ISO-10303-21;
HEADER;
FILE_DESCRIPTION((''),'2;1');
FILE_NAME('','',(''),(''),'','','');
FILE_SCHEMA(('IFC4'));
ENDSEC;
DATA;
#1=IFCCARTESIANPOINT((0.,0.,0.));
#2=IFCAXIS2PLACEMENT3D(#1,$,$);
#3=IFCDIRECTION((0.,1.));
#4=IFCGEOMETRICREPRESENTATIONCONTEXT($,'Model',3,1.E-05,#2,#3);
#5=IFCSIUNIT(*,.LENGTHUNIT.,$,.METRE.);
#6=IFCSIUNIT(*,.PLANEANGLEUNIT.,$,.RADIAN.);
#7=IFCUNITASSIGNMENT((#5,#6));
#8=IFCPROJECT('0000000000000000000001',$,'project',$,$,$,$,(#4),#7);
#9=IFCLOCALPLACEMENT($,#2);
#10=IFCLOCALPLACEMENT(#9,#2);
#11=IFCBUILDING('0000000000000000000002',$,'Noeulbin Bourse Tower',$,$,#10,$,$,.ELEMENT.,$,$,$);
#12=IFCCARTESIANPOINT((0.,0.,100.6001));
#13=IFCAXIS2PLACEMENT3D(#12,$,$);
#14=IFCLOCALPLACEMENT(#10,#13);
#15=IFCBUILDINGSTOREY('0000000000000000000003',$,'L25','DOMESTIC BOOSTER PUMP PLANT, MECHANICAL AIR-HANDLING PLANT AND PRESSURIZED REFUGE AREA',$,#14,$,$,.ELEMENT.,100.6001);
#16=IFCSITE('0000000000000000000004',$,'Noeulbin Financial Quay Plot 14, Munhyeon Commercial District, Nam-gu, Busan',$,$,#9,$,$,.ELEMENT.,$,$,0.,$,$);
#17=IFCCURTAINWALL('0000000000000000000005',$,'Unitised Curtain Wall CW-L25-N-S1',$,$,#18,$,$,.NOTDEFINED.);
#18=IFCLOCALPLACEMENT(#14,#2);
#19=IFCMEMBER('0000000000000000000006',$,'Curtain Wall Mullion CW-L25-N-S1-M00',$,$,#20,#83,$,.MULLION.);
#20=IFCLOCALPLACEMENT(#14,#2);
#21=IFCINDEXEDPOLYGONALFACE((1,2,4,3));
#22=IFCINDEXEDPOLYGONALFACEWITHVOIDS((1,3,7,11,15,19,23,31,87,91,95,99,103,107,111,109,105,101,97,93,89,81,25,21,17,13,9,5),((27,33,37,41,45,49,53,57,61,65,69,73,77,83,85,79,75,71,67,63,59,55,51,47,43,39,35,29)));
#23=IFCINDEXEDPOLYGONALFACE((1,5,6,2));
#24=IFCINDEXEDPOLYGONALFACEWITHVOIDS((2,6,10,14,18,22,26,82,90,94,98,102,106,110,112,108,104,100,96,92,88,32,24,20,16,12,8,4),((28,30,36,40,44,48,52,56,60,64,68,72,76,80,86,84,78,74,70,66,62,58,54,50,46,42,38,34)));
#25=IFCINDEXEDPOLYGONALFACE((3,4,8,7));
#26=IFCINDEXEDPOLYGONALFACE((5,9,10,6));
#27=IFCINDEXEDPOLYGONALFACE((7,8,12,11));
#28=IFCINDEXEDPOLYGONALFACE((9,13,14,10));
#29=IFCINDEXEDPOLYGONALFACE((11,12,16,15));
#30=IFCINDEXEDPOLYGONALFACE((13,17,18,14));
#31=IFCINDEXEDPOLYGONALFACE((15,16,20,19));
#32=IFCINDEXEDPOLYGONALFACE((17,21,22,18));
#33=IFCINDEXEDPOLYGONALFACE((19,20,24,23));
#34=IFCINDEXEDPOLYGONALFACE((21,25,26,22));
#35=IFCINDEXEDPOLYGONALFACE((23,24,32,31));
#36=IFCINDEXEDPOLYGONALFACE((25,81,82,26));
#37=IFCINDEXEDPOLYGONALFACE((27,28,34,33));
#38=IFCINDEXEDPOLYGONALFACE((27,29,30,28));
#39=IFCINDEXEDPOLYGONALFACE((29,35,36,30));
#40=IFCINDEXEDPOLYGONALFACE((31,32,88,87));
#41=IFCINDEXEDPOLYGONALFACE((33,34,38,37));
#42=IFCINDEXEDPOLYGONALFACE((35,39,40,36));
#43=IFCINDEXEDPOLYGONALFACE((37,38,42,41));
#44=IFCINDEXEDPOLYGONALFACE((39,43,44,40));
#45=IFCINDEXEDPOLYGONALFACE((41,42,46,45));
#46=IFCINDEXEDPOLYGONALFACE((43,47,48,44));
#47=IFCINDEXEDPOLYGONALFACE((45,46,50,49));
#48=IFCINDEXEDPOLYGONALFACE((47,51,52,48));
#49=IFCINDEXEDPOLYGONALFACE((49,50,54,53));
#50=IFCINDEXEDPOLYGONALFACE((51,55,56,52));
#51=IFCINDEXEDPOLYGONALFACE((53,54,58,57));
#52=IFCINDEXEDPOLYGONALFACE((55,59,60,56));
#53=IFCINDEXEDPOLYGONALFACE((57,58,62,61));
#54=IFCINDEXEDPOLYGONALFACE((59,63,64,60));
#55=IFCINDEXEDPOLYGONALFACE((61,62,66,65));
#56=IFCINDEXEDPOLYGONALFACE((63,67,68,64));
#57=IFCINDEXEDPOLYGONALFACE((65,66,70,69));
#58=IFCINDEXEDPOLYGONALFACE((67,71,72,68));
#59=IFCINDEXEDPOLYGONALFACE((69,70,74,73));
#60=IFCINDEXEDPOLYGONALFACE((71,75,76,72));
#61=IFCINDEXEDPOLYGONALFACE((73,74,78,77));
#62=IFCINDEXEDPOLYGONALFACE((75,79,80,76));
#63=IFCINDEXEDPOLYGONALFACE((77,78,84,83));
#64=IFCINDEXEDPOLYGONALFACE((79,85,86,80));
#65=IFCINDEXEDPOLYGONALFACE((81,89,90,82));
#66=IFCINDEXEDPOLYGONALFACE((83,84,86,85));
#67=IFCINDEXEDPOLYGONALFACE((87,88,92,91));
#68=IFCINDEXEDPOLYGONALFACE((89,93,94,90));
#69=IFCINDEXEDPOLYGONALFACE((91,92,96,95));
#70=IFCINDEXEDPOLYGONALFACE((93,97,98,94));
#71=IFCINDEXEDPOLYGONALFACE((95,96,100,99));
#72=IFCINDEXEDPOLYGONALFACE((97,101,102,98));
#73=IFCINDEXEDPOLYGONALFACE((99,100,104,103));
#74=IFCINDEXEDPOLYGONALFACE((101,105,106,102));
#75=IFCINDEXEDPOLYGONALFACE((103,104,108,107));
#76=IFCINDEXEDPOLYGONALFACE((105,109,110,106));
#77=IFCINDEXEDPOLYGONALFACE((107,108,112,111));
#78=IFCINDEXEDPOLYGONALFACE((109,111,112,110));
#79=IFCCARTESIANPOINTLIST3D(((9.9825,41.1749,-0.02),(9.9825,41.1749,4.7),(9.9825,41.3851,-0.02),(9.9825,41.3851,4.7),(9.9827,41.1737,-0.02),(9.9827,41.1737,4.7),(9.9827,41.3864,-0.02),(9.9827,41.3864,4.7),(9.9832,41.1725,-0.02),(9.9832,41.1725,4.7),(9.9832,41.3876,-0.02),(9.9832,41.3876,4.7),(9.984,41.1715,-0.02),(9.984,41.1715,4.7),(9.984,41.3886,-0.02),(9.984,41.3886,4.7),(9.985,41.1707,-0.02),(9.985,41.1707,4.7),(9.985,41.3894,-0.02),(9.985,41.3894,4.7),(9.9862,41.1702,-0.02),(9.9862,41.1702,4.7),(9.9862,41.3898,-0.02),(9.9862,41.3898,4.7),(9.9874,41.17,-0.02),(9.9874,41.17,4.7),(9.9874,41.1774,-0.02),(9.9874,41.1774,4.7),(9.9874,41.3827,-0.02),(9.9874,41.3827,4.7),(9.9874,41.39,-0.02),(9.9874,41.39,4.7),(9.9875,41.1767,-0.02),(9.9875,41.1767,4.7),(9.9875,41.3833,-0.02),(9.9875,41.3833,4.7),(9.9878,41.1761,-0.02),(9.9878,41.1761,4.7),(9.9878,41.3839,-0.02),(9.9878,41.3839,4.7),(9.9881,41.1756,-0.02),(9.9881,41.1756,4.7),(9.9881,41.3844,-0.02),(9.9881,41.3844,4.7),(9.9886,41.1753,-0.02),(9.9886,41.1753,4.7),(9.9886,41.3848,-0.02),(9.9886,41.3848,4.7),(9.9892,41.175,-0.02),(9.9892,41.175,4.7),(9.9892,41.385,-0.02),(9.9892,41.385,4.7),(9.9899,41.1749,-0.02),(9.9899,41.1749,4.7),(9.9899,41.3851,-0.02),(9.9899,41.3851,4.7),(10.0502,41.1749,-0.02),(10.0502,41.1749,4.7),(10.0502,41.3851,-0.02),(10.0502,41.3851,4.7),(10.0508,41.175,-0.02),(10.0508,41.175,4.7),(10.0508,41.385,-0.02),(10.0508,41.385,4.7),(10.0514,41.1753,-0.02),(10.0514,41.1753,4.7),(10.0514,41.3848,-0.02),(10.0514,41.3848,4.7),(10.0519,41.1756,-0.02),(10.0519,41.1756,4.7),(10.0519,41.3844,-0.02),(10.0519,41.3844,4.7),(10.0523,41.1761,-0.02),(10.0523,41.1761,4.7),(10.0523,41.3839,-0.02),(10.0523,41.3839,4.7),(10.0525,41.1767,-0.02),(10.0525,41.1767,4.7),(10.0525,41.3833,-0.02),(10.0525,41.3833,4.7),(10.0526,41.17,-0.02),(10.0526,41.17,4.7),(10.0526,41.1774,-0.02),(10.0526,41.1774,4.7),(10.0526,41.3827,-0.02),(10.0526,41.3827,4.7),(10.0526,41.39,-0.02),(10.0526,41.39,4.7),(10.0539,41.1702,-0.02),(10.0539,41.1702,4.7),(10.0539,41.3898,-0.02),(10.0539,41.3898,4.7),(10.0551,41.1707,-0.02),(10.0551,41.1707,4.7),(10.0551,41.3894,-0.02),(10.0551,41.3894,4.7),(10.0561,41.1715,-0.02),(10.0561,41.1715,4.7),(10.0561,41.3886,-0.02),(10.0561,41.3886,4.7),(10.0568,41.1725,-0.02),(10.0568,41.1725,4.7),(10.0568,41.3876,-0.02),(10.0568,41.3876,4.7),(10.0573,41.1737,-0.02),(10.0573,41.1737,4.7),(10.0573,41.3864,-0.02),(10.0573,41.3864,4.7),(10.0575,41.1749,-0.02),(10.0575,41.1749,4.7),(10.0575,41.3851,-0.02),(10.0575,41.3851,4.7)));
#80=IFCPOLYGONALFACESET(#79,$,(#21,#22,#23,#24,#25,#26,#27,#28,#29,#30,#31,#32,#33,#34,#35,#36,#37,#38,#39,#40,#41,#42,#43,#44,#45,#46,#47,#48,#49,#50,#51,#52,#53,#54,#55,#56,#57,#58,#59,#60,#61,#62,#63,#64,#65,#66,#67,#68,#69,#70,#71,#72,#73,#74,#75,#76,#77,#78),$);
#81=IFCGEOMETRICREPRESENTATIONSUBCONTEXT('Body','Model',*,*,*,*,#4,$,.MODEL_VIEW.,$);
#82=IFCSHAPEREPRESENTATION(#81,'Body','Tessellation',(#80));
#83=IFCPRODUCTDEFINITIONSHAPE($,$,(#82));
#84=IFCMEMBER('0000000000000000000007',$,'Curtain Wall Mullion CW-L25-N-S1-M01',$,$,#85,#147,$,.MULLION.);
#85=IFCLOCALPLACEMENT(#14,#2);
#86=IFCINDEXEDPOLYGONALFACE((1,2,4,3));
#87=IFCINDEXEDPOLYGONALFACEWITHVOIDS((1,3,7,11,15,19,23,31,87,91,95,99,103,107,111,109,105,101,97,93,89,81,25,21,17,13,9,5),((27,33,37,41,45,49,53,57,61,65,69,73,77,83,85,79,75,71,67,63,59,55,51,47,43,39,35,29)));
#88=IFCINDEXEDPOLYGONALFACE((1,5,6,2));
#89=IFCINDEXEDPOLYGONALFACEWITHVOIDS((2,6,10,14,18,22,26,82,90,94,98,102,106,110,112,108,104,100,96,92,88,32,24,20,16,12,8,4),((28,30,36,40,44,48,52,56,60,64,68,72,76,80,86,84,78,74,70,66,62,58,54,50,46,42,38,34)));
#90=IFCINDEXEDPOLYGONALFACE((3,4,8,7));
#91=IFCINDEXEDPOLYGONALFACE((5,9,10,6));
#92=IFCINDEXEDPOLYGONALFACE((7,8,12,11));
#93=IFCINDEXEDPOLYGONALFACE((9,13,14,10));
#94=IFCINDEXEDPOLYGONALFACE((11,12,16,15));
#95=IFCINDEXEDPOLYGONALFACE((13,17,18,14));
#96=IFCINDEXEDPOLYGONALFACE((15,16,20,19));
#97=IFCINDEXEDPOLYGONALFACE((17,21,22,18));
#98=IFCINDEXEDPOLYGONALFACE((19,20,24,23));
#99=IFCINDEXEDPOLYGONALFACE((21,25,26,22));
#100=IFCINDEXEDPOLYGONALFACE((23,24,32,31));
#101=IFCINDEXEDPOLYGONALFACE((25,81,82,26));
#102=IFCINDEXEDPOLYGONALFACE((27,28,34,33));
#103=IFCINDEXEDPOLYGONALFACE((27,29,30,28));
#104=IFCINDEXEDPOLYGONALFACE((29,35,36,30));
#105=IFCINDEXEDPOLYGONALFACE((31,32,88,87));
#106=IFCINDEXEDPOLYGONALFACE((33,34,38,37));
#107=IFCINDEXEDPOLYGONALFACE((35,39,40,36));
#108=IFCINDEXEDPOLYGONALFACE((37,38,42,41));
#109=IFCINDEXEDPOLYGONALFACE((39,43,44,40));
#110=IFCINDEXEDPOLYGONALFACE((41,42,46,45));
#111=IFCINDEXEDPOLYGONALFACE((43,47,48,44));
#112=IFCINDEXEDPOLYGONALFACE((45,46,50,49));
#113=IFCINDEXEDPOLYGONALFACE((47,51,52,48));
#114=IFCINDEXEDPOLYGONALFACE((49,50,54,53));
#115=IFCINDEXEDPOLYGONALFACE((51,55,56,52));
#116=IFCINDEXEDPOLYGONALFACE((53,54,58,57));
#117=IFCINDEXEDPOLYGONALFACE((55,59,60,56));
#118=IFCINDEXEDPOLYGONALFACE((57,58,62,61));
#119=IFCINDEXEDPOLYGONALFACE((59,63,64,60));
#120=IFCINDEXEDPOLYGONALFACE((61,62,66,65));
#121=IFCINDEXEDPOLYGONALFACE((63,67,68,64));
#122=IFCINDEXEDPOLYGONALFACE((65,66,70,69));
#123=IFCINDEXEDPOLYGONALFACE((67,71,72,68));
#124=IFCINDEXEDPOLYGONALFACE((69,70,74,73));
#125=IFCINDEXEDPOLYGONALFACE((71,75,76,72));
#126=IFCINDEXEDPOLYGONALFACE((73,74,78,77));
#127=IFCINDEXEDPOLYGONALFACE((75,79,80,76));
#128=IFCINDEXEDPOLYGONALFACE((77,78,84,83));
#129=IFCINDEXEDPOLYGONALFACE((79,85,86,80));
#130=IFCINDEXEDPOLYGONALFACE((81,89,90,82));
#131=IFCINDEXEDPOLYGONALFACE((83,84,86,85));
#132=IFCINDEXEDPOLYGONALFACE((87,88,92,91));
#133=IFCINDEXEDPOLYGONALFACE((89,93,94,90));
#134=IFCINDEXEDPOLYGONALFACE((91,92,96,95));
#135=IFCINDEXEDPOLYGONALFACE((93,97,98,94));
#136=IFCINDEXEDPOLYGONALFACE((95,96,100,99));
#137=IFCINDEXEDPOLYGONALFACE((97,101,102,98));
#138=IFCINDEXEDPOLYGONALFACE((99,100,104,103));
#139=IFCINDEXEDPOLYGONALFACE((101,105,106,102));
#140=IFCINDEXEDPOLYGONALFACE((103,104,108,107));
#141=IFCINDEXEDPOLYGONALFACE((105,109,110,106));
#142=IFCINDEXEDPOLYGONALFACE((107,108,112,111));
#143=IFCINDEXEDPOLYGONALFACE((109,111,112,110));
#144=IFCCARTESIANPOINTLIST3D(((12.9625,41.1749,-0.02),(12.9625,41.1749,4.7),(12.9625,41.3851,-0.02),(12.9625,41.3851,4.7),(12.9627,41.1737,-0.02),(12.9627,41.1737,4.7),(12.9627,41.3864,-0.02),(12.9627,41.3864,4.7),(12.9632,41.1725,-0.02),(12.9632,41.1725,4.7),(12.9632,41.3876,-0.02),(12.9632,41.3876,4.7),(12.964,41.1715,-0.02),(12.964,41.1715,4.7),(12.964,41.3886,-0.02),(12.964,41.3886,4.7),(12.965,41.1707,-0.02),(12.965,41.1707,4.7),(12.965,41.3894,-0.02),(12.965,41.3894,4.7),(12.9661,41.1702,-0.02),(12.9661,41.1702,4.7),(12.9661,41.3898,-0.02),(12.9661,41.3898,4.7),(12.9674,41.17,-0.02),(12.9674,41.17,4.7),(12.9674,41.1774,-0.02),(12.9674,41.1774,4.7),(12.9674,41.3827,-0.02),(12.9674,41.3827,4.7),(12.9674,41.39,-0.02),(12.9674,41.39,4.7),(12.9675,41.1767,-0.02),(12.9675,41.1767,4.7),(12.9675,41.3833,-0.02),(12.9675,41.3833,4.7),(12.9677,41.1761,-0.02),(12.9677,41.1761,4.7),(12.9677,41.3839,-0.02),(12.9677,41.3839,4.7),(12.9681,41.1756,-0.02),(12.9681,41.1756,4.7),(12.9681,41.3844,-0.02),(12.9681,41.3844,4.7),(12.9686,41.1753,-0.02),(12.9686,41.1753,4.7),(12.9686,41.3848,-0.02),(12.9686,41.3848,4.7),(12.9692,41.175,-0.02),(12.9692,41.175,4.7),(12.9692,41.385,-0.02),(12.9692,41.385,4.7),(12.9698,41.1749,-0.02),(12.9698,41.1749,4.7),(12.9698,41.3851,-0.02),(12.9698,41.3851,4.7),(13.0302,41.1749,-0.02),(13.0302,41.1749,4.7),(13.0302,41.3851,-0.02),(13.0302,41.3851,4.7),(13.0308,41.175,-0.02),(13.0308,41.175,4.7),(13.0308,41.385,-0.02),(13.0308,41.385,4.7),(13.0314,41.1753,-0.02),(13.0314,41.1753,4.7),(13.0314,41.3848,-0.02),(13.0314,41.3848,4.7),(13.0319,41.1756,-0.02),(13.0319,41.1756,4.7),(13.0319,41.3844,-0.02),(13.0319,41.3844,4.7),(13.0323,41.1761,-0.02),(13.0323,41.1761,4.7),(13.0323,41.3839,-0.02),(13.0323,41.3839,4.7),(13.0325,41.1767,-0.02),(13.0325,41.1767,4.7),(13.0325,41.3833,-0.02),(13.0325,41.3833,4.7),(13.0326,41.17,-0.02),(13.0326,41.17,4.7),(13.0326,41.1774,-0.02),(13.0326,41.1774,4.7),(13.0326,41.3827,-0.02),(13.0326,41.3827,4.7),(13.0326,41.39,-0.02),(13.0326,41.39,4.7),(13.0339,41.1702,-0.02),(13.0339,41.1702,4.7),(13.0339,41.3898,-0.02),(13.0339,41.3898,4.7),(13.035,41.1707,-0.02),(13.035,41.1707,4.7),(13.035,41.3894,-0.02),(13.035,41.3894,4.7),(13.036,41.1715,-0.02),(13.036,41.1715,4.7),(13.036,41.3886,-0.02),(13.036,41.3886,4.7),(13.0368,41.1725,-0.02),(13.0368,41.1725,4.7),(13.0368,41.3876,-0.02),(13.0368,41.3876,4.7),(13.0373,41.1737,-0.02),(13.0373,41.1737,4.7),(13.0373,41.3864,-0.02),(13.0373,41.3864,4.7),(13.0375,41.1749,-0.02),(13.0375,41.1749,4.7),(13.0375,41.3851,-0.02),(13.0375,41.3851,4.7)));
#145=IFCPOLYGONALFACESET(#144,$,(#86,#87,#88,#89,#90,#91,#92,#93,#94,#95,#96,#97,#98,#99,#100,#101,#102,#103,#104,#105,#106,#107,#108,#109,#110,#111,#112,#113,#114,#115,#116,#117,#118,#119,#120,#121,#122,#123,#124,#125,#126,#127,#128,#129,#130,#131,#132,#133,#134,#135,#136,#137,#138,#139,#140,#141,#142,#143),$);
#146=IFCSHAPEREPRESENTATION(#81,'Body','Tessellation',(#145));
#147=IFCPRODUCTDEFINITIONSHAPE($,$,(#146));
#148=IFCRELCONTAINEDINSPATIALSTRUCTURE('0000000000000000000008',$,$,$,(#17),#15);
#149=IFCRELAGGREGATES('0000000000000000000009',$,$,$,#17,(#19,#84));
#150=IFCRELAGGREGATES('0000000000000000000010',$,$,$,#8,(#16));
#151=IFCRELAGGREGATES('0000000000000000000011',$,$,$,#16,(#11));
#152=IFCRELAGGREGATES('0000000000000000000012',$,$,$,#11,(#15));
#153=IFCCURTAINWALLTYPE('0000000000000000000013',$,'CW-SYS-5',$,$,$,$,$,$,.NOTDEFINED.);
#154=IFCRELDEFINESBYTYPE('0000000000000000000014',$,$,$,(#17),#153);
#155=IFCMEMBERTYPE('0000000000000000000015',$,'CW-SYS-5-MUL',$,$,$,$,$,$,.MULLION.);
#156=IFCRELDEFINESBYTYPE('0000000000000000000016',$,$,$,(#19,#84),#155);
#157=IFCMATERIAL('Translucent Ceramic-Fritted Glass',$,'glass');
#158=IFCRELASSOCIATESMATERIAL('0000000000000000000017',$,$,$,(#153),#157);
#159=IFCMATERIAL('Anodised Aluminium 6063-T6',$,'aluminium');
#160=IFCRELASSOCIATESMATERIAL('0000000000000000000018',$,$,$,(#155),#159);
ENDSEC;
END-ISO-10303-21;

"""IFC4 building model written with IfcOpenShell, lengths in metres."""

from ifc_helpers import new_model, si_unit, direction, frame, origin, origin_2d, place, context, subcontext, project, spatial, hollow_rectangle, extrude, material, material_profile, profile_set, type_object, element, aggregate, save


model = new_model("IFC4")

# Units and contexts
model_context = context("Model", 3, precision=1e-05, world=origin(), true_north=direction((0.0, 1.0)))
body_context = subcontext(model_context, "Body", "Model", "MODEL_VIEW")
ifc_project = project(units=[si_unit("LENGTHUNIT", "METRE"), si_unit("PLANEANGLEUNIT", "RADIAN")], contexts=[model_context])

# Site, building, storey
site_placement = place(None, origin())
site = spatial("IfcSite", under=ifc_project, at=site_placement, Name="Noeulbin Financial Quay Plot 14, Munhyeon Commercial District, Nam-gu, Busan", CompositionType="ELEMENT", RefElevation=0.0)
building_placement = place(site_placement, origin())
building = spatial("IfcBuilding", under=site, at=building_placement, Name="Noeulbin Bourse Tower", CompositionType="ELEMENT")
storey_placement = place(building_placement, frame((0.0, 0.0, 100.6001)))
storey = spatial("IfcBuildingStorey", under=building, at=storey_placement, Name="L25", Description="DOMESTIC BOOSTER PUMP PLANT, MECHANICAL AIR-HANDLING PLANT AND PRESSURIZED REFUGE AREA", CompositionType="ELEMENT", Elevation=100.6001)

# Curtain wall, members
ifc_material_1 = material(Name="Translucent Ceramic-Fritted Glass", Category="glass")
curtain_wall_type = type_object("IfcCurtainWallType", Name="CW-SYS-5", PredefinedType="NOTDEFINED", material=ifc_material_1)
curtain_wall_1_placement = place(storey_placement, origin())
curtain_wall_1 = element("IfcCurtainWall", 1, at=curtain_wall_1_placement, inside=storey, type_object=curtain_wall_type, Name="Unitised Curtain Wall CW-L25-N-S1", PredefinedType="NOTDEFINED")
ifc_material_2 = material(Name="Anodised Aluminium 6063-T6", Category="aluminium")
ifc_material_profile_1 = material_profile(ifc_material_2, hollow_rectangle(XDim=0.075, YDim=0.22, WallThickness=0.0049, InnerFilletRadius=0.0024, OuterFilletRadius=0.0049, at=origin_2d()), Name="ALU-MULL-75x220x5", Category="LoadBearing")
ifc_profile_set_1 = profile_set([ifc_material_profile_1], Name="Anodised Aluminium 6063-T6")
member_type_1 = type_object("IfcMemberType", Name="CW-SYS-5-MUL", PredefinedType="MULLION", material=ifc_profile_set_1)
member_1_placement = place(storey_placement, frame((10.02, 41.28, -0.02), z_axis=(0.0, 0.0, 1.0), x_axis=(1.0, 0.0, 0.0)))
member_1 = element("IfcMember", 2, at=member_1_placement, type_object=member_type_1, Name="Curtain Wall Mullion CW-L25-N-S1-M00", PredefinedType="MULLION", context=body_context, shape_type="SweptSolid", body=[
    extrude(hollow_rectangle(XDim=0.075, YDim=0.22, WallThickness=0.0049, InnerFilletRadius=0.0024, OuterFilletRadius=0.0049, at=origin_2d()), origin(), (0.0, 0.0, 1.0), 4.72),
])
member_2_placement = place(storey_placement, frame((13.0, 41.28, -0.02), z_axis=(0.0, 0.0, 1.0), x_axis=(1.0, 0.0, 0.0)))
member_2 = element("IfcMember", 3, at=member_2_placement, type_object=member_type_1, Name="Curtain Wall Mullion CW-L25-N-S1-M01", PredefinedType="MULLION", context=body_context, shape_type="SweptSolid", body=[
    extrude(hollow_rectangle(XDim=0.075, YDim=0.22, WallThickness=0.0049, InnerFilletRadius=0.0024, OuterFilletRadius=0.0049, at=origin_2d()), origin(), (0.0, 0.0, 1.0), 4.72),
])

aggregate(curtain_wall_1, [member_1, member_2])

save(model, "model.ifc")
